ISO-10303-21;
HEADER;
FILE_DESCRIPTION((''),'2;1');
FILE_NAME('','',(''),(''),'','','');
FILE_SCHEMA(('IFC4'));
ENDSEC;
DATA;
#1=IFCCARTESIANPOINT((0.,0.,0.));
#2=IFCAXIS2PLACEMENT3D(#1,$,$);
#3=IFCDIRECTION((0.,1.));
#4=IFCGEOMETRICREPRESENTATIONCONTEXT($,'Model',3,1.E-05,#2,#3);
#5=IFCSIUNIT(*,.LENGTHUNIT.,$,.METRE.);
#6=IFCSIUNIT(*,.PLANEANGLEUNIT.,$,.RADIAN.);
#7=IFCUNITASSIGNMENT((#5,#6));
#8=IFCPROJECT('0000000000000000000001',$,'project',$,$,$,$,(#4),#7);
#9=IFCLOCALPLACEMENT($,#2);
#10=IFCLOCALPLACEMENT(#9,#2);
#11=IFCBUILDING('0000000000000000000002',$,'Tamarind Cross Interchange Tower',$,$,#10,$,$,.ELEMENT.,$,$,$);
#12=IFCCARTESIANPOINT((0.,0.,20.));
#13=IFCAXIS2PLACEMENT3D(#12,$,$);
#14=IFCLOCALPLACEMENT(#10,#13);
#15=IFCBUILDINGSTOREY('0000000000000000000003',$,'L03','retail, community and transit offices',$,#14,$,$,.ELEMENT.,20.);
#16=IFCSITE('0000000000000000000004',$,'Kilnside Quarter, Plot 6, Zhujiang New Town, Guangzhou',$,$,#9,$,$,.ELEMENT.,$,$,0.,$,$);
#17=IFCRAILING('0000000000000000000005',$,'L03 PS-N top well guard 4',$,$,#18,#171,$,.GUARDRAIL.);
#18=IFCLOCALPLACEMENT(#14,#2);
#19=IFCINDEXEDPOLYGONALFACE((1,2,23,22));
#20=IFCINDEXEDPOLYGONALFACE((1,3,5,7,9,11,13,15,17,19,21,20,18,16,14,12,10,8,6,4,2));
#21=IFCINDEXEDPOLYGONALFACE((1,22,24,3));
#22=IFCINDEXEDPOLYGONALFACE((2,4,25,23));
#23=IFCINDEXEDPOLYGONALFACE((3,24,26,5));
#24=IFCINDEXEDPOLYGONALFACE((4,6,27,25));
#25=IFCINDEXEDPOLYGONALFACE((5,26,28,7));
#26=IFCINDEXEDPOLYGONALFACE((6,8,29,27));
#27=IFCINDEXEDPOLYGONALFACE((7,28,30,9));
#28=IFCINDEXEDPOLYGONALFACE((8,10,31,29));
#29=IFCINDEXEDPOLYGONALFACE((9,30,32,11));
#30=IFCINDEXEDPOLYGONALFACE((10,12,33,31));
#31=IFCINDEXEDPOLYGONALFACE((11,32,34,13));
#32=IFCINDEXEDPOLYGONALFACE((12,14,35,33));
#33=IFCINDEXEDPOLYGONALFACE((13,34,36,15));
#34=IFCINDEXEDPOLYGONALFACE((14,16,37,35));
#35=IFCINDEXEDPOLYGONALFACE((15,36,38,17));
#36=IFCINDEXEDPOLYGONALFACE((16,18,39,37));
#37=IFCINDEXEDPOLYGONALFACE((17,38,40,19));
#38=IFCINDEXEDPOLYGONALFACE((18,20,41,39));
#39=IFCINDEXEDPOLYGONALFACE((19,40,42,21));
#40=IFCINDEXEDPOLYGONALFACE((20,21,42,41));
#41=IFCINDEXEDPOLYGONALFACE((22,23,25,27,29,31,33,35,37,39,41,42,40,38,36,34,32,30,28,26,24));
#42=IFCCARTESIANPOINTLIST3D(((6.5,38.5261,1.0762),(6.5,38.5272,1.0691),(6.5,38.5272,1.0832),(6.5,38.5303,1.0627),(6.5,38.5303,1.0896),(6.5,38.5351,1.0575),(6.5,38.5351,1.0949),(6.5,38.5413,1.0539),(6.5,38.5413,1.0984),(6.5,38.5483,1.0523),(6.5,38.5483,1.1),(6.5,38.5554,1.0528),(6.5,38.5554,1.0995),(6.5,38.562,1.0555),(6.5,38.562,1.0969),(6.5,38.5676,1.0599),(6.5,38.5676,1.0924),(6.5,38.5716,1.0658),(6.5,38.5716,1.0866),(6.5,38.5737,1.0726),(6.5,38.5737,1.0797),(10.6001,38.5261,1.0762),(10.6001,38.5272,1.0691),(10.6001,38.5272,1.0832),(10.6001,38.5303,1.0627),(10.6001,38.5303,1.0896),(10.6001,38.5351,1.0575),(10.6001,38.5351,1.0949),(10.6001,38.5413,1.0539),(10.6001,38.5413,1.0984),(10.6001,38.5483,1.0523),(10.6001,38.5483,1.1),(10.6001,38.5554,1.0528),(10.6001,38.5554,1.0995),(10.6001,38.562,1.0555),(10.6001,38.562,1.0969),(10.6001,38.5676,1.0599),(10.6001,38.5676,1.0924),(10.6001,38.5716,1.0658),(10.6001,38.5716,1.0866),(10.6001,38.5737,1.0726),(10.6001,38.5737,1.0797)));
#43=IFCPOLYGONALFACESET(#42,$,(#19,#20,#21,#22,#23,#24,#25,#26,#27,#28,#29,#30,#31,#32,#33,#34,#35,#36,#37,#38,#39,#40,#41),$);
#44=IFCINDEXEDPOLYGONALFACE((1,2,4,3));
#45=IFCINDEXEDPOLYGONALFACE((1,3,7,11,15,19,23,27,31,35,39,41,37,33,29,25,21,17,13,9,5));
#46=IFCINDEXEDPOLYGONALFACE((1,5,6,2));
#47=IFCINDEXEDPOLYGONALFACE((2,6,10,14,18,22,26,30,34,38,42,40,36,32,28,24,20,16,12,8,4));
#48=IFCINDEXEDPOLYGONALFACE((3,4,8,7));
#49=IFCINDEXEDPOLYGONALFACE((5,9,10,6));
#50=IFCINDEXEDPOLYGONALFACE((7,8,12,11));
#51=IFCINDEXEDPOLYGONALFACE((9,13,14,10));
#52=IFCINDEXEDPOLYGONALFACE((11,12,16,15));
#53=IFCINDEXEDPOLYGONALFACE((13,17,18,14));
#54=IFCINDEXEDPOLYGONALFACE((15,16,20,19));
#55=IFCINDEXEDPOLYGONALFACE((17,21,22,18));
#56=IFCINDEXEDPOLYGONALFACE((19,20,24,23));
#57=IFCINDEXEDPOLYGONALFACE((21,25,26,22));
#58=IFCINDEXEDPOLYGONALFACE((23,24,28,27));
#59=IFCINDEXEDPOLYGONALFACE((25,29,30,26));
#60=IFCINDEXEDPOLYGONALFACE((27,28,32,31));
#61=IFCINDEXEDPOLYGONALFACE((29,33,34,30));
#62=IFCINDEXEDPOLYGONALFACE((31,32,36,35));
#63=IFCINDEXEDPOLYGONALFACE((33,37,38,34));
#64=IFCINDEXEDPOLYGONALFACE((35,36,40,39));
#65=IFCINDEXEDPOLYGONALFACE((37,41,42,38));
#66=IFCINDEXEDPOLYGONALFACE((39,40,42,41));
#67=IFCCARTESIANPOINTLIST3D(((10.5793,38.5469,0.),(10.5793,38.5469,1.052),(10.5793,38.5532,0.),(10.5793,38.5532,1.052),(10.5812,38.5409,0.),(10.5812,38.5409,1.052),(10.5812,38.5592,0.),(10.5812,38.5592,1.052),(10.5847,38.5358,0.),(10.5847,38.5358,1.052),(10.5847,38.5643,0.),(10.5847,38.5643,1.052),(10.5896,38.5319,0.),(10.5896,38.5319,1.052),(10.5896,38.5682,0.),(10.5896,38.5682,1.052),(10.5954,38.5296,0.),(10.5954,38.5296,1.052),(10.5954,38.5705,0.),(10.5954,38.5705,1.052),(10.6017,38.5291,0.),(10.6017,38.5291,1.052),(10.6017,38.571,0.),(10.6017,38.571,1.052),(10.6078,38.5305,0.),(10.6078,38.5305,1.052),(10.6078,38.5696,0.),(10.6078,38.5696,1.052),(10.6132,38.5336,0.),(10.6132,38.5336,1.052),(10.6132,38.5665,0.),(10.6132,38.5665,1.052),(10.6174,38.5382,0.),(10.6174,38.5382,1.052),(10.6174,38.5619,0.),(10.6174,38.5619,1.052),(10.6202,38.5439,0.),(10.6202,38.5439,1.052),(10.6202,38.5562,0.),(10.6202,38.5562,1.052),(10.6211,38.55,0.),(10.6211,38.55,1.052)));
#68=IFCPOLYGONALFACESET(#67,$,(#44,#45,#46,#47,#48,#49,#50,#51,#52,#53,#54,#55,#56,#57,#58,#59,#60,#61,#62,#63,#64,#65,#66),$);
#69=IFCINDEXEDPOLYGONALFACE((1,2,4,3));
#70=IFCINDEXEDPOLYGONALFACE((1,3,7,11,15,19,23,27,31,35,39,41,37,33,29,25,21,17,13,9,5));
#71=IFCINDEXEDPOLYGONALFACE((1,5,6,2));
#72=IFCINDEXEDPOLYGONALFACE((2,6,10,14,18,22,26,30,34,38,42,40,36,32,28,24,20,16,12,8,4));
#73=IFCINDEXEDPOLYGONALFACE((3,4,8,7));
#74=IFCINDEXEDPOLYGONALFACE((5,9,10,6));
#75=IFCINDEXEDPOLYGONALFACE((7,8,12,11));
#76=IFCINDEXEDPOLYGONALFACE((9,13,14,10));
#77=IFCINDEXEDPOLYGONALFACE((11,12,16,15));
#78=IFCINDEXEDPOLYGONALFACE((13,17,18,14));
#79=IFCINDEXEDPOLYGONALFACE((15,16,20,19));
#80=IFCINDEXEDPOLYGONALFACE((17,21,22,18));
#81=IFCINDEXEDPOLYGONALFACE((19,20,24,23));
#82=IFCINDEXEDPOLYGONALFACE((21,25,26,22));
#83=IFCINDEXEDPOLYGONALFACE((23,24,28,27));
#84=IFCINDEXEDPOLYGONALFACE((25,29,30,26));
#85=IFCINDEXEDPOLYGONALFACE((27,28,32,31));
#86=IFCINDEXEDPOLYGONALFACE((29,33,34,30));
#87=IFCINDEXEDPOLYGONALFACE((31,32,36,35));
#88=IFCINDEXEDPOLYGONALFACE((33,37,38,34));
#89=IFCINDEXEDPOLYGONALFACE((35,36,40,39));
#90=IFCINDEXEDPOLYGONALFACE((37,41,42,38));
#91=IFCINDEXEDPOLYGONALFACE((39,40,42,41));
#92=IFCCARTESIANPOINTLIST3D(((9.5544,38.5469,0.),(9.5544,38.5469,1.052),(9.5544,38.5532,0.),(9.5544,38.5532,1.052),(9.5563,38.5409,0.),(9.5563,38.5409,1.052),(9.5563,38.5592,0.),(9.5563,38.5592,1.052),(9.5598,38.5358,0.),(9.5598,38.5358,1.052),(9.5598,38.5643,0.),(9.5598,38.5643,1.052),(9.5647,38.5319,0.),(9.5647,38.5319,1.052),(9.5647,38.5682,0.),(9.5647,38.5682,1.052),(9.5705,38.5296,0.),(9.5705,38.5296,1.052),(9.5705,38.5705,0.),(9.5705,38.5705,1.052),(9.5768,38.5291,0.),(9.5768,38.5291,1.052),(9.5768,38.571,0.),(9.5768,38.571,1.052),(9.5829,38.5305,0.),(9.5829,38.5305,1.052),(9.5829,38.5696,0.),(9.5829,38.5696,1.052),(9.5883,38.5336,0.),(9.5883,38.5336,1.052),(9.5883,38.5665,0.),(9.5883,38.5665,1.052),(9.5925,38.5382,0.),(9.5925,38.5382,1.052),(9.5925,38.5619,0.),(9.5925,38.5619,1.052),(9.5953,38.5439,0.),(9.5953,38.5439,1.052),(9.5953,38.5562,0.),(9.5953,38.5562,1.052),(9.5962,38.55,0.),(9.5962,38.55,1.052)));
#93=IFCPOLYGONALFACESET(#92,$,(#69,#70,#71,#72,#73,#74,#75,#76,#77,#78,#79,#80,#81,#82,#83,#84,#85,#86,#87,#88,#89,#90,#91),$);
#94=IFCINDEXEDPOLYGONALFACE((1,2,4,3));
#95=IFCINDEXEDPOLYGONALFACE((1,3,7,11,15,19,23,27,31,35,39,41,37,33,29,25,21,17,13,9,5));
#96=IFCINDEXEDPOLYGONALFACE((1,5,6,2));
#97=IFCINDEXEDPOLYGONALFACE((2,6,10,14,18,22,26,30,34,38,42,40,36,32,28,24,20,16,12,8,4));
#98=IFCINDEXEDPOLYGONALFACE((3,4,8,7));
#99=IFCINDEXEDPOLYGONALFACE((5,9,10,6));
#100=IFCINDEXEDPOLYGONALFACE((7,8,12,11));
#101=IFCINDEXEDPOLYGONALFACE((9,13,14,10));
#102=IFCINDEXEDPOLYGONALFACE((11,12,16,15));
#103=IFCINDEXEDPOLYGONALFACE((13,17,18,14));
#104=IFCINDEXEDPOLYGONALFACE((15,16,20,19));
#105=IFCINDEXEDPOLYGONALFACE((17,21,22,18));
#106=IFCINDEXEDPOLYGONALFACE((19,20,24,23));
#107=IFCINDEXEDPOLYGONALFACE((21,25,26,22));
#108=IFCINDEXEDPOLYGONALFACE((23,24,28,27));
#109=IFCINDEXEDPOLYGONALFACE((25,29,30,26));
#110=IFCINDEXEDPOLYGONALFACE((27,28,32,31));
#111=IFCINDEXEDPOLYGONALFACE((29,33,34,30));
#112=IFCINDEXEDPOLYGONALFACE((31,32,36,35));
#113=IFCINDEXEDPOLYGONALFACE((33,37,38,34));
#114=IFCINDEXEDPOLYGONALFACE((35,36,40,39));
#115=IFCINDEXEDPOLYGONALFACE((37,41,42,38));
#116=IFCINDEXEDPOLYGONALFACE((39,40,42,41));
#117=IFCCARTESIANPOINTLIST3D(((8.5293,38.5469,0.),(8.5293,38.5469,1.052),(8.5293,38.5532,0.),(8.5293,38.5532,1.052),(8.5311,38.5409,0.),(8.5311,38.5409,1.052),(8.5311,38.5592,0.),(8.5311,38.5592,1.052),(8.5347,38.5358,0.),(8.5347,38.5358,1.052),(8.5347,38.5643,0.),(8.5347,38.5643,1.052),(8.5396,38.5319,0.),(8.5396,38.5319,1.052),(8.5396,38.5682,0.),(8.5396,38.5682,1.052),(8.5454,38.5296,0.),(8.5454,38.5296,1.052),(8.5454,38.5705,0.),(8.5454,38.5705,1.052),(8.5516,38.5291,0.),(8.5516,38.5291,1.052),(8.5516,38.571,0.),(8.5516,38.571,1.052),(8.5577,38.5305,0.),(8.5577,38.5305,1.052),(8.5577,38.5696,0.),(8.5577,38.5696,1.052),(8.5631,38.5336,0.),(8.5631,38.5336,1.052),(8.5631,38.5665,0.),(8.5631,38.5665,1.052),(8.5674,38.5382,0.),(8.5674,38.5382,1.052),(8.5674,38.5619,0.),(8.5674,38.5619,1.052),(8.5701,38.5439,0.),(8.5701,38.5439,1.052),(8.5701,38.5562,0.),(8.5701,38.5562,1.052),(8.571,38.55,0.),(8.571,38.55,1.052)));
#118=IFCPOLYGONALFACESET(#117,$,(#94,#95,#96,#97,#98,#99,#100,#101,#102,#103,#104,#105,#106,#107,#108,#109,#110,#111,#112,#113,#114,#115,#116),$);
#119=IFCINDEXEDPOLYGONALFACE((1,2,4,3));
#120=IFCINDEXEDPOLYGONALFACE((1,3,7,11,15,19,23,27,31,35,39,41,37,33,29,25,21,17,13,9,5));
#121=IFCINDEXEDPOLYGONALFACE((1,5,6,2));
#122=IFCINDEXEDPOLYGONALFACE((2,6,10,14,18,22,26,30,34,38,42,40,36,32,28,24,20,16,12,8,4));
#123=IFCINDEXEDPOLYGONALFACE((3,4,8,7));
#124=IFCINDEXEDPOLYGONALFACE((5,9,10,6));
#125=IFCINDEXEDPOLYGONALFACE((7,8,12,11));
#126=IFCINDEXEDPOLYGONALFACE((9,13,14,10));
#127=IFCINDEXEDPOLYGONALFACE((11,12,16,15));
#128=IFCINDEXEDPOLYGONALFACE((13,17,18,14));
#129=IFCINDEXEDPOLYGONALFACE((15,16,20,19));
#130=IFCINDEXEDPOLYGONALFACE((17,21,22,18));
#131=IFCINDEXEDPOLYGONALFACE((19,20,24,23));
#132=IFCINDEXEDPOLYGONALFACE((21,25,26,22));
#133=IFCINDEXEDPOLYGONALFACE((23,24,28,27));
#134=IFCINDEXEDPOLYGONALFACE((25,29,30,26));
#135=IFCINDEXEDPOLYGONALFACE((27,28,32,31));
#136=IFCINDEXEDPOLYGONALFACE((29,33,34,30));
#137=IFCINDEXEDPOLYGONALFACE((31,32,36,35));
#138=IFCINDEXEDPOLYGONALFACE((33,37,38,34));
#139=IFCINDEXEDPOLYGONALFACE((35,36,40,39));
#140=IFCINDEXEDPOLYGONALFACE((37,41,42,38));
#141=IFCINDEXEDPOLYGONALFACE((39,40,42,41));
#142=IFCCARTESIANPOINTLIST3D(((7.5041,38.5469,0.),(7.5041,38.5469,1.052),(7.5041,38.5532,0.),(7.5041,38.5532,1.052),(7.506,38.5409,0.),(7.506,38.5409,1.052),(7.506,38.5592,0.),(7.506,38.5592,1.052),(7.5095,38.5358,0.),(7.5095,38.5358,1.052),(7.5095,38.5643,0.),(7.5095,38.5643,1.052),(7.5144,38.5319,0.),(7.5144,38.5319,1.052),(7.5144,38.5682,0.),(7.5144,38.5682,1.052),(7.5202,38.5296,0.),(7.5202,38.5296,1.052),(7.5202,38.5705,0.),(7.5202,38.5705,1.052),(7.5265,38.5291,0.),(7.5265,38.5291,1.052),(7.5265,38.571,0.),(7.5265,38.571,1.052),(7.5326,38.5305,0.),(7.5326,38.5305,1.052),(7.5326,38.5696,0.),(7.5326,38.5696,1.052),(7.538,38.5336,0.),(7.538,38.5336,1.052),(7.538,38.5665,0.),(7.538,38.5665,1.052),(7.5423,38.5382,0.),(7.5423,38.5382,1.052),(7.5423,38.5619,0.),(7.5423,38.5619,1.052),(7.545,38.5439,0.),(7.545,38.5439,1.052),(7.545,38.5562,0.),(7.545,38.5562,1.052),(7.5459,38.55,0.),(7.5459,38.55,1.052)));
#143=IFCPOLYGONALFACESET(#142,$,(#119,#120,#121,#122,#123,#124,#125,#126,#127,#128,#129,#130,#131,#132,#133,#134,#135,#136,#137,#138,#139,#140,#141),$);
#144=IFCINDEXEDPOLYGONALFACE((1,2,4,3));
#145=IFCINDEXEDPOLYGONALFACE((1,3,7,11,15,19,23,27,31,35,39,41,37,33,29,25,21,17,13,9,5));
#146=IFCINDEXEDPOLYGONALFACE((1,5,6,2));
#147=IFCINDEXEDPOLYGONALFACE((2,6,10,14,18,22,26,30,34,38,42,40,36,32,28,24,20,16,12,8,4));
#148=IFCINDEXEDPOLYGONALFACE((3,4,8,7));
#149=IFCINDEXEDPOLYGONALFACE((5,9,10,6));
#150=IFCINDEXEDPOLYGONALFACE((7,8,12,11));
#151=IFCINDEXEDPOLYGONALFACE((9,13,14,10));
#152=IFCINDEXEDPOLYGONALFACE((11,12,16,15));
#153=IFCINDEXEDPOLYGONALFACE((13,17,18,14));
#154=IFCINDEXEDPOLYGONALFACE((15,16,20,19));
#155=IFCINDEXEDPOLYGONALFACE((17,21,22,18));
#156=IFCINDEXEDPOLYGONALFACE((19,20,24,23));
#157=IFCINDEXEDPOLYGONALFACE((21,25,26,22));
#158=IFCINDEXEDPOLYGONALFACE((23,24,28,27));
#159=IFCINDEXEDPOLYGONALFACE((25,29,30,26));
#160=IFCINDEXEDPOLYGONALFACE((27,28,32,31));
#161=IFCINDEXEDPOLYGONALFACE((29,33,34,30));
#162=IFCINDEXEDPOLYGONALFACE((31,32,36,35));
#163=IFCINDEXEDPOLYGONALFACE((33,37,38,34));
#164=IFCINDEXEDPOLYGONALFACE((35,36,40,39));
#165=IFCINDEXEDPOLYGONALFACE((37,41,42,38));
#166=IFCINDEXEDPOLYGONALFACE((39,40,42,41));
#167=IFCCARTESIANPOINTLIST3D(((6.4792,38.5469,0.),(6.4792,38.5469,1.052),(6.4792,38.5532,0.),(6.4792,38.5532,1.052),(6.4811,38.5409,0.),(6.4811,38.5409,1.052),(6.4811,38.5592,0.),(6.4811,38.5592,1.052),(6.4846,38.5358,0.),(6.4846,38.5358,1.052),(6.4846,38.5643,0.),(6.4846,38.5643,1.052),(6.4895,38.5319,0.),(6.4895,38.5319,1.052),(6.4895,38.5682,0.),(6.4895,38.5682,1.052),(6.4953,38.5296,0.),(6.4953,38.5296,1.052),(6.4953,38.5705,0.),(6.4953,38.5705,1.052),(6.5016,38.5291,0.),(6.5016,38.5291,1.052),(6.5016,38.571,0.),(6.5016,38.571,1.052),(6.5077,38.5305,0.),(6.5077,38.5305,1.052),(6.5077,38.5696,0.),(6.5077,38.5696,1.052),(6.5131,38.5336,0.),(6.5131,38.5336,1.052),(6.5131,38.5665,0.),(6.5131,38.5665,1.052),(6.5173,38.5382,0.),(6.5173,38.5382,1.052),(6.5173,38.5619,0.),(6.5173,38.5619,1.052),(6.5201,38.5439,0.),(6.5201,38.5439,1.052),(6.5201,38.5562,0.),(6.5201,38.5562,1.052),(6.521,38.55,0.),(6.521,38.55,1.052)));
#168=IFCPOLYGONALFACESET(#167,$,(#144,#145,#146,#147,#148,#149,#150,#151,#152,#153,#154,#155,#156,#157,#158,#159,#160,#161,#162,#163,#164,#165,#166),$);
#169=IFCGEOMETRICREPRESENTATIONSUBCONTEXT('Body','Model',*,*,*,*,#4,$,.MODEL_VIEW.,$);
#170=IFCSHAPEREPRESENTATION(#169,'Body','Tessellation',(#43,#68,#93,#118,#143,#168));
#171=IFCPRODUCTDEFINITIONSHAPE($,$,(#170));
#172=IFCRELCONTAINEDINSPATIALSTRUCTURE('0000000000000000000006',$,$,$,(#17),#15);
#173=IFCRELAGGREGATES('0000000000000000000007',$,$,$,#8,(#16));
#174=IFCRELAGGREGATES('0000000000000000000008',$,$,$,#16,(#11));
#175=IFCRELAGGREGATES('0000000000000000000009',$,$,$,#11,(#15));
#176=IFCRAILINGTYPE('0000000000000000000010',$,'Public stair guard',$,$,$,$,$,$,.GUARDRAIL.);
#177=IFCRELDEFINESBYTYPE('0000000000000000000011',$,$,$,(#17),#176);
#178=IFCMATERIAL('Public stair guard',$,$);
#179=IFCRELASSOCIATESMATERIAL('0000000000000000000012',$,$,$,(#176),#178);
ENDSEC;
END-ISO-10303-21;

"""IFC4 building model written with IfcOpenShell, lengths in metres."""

from ifc_helpers import new_model, si_unit, direction, frame, origin, origin_2d, place, context, subcontext, project, spatial, circle, extrude, material, type_object, element, save


model = new_model("IFC4")

# Units and contexts
model_context = context("Model", 3, precision=1e-05, world=origin(), true_north=direction((0.0, 1.0)))
body_context = subcontext(model_context, "Body", "Model", "MODEL_VIEW")
ifc_project = project(units=[si_unit("LENGTHUNIT", "METRE"), si_unit("PLANEANGLEUNIT", "RADIAN")], contexts=[model_context])

# Site, building, storey
site_placement = place(None, origin())
site = spatial("IfcSite", under=ifc_project, at=site_placement, Name="Kilnside Quarter, Plot 6, Zhujiang New Town, Guangzhou", CompositionType="ELEMENT", RefElevation=0.0)
building_placement = place(site_placement, origin())
building = spatial("IfcBuilding", under=site, at=building_placement, Name="Tamarind Cross Interchange Tower", CompositionType="ELEMENT")
storey_placement = place(building_placement, frame((0.0, 0.0, 20.0)))
storey = spatial("IfcBuildingStorey", under=building, at=storey_placement, Name="L03", Description="retail, community and transit offices", CompositionType="ELEMENT", Elevation=20.0)

# Railing
ifc_material_1 = material(Name="Public stair guard")
railing_type_1 = type_object("IfcRailingType", Name="Public stair guard", PredefinedType="GUARDRAIL", material=ifc_material_1)
railing_1_placement = place(storey_placement, frame((10.6001, 38.55, 0.0)))
element("IfcRailing", 1, at=railing_1_placement, inside=storey, type_object=railing_type_1, Name="L03 PS-N top well guard 4", PredefinedType="GUARDRAIL", context=body_context, shape_type="SweptSolid", body=[
    extrude(circle(Radius=0.0239, at=origin_2d()), frame((0.0, 0.0, 1.0762), z_axis=(-1.0, 0.0, 0.0), x_axis=(0.0, -1.0, 0.0)), (0.0, 0.0, 1.0), 4.1001),
    extrude(circle(Radius=0.021, at=origin_2d()), origin(), (0.0, 0.0, 1.0), 1.052),
    extrude(circle(Radius=0.021, at=origin_2d()), frame((-1.0249, 0.0, 0.0)), (0.0, 0.0, 1.0), 1.052),
    extrude(circle(Radius=0.021, at=origin_2d()), frame((-2.05, 0.0, 0.0)), (0.0, 0.0, 1.0), 1.052),
    extrude(circle(Radius=0.021, at=origin_2d()), frame((-3.0752, 0.0, 0.0)), (0.0, 0.0, 1.0), 1.052),
    extrude(circle(Radius=0.021, at=origin_2d()), frame((-4.1001, 0.0, 0.0)), (0.0, 0.0, 1.0), 1.052),
])

save(model, "model.ifc")
